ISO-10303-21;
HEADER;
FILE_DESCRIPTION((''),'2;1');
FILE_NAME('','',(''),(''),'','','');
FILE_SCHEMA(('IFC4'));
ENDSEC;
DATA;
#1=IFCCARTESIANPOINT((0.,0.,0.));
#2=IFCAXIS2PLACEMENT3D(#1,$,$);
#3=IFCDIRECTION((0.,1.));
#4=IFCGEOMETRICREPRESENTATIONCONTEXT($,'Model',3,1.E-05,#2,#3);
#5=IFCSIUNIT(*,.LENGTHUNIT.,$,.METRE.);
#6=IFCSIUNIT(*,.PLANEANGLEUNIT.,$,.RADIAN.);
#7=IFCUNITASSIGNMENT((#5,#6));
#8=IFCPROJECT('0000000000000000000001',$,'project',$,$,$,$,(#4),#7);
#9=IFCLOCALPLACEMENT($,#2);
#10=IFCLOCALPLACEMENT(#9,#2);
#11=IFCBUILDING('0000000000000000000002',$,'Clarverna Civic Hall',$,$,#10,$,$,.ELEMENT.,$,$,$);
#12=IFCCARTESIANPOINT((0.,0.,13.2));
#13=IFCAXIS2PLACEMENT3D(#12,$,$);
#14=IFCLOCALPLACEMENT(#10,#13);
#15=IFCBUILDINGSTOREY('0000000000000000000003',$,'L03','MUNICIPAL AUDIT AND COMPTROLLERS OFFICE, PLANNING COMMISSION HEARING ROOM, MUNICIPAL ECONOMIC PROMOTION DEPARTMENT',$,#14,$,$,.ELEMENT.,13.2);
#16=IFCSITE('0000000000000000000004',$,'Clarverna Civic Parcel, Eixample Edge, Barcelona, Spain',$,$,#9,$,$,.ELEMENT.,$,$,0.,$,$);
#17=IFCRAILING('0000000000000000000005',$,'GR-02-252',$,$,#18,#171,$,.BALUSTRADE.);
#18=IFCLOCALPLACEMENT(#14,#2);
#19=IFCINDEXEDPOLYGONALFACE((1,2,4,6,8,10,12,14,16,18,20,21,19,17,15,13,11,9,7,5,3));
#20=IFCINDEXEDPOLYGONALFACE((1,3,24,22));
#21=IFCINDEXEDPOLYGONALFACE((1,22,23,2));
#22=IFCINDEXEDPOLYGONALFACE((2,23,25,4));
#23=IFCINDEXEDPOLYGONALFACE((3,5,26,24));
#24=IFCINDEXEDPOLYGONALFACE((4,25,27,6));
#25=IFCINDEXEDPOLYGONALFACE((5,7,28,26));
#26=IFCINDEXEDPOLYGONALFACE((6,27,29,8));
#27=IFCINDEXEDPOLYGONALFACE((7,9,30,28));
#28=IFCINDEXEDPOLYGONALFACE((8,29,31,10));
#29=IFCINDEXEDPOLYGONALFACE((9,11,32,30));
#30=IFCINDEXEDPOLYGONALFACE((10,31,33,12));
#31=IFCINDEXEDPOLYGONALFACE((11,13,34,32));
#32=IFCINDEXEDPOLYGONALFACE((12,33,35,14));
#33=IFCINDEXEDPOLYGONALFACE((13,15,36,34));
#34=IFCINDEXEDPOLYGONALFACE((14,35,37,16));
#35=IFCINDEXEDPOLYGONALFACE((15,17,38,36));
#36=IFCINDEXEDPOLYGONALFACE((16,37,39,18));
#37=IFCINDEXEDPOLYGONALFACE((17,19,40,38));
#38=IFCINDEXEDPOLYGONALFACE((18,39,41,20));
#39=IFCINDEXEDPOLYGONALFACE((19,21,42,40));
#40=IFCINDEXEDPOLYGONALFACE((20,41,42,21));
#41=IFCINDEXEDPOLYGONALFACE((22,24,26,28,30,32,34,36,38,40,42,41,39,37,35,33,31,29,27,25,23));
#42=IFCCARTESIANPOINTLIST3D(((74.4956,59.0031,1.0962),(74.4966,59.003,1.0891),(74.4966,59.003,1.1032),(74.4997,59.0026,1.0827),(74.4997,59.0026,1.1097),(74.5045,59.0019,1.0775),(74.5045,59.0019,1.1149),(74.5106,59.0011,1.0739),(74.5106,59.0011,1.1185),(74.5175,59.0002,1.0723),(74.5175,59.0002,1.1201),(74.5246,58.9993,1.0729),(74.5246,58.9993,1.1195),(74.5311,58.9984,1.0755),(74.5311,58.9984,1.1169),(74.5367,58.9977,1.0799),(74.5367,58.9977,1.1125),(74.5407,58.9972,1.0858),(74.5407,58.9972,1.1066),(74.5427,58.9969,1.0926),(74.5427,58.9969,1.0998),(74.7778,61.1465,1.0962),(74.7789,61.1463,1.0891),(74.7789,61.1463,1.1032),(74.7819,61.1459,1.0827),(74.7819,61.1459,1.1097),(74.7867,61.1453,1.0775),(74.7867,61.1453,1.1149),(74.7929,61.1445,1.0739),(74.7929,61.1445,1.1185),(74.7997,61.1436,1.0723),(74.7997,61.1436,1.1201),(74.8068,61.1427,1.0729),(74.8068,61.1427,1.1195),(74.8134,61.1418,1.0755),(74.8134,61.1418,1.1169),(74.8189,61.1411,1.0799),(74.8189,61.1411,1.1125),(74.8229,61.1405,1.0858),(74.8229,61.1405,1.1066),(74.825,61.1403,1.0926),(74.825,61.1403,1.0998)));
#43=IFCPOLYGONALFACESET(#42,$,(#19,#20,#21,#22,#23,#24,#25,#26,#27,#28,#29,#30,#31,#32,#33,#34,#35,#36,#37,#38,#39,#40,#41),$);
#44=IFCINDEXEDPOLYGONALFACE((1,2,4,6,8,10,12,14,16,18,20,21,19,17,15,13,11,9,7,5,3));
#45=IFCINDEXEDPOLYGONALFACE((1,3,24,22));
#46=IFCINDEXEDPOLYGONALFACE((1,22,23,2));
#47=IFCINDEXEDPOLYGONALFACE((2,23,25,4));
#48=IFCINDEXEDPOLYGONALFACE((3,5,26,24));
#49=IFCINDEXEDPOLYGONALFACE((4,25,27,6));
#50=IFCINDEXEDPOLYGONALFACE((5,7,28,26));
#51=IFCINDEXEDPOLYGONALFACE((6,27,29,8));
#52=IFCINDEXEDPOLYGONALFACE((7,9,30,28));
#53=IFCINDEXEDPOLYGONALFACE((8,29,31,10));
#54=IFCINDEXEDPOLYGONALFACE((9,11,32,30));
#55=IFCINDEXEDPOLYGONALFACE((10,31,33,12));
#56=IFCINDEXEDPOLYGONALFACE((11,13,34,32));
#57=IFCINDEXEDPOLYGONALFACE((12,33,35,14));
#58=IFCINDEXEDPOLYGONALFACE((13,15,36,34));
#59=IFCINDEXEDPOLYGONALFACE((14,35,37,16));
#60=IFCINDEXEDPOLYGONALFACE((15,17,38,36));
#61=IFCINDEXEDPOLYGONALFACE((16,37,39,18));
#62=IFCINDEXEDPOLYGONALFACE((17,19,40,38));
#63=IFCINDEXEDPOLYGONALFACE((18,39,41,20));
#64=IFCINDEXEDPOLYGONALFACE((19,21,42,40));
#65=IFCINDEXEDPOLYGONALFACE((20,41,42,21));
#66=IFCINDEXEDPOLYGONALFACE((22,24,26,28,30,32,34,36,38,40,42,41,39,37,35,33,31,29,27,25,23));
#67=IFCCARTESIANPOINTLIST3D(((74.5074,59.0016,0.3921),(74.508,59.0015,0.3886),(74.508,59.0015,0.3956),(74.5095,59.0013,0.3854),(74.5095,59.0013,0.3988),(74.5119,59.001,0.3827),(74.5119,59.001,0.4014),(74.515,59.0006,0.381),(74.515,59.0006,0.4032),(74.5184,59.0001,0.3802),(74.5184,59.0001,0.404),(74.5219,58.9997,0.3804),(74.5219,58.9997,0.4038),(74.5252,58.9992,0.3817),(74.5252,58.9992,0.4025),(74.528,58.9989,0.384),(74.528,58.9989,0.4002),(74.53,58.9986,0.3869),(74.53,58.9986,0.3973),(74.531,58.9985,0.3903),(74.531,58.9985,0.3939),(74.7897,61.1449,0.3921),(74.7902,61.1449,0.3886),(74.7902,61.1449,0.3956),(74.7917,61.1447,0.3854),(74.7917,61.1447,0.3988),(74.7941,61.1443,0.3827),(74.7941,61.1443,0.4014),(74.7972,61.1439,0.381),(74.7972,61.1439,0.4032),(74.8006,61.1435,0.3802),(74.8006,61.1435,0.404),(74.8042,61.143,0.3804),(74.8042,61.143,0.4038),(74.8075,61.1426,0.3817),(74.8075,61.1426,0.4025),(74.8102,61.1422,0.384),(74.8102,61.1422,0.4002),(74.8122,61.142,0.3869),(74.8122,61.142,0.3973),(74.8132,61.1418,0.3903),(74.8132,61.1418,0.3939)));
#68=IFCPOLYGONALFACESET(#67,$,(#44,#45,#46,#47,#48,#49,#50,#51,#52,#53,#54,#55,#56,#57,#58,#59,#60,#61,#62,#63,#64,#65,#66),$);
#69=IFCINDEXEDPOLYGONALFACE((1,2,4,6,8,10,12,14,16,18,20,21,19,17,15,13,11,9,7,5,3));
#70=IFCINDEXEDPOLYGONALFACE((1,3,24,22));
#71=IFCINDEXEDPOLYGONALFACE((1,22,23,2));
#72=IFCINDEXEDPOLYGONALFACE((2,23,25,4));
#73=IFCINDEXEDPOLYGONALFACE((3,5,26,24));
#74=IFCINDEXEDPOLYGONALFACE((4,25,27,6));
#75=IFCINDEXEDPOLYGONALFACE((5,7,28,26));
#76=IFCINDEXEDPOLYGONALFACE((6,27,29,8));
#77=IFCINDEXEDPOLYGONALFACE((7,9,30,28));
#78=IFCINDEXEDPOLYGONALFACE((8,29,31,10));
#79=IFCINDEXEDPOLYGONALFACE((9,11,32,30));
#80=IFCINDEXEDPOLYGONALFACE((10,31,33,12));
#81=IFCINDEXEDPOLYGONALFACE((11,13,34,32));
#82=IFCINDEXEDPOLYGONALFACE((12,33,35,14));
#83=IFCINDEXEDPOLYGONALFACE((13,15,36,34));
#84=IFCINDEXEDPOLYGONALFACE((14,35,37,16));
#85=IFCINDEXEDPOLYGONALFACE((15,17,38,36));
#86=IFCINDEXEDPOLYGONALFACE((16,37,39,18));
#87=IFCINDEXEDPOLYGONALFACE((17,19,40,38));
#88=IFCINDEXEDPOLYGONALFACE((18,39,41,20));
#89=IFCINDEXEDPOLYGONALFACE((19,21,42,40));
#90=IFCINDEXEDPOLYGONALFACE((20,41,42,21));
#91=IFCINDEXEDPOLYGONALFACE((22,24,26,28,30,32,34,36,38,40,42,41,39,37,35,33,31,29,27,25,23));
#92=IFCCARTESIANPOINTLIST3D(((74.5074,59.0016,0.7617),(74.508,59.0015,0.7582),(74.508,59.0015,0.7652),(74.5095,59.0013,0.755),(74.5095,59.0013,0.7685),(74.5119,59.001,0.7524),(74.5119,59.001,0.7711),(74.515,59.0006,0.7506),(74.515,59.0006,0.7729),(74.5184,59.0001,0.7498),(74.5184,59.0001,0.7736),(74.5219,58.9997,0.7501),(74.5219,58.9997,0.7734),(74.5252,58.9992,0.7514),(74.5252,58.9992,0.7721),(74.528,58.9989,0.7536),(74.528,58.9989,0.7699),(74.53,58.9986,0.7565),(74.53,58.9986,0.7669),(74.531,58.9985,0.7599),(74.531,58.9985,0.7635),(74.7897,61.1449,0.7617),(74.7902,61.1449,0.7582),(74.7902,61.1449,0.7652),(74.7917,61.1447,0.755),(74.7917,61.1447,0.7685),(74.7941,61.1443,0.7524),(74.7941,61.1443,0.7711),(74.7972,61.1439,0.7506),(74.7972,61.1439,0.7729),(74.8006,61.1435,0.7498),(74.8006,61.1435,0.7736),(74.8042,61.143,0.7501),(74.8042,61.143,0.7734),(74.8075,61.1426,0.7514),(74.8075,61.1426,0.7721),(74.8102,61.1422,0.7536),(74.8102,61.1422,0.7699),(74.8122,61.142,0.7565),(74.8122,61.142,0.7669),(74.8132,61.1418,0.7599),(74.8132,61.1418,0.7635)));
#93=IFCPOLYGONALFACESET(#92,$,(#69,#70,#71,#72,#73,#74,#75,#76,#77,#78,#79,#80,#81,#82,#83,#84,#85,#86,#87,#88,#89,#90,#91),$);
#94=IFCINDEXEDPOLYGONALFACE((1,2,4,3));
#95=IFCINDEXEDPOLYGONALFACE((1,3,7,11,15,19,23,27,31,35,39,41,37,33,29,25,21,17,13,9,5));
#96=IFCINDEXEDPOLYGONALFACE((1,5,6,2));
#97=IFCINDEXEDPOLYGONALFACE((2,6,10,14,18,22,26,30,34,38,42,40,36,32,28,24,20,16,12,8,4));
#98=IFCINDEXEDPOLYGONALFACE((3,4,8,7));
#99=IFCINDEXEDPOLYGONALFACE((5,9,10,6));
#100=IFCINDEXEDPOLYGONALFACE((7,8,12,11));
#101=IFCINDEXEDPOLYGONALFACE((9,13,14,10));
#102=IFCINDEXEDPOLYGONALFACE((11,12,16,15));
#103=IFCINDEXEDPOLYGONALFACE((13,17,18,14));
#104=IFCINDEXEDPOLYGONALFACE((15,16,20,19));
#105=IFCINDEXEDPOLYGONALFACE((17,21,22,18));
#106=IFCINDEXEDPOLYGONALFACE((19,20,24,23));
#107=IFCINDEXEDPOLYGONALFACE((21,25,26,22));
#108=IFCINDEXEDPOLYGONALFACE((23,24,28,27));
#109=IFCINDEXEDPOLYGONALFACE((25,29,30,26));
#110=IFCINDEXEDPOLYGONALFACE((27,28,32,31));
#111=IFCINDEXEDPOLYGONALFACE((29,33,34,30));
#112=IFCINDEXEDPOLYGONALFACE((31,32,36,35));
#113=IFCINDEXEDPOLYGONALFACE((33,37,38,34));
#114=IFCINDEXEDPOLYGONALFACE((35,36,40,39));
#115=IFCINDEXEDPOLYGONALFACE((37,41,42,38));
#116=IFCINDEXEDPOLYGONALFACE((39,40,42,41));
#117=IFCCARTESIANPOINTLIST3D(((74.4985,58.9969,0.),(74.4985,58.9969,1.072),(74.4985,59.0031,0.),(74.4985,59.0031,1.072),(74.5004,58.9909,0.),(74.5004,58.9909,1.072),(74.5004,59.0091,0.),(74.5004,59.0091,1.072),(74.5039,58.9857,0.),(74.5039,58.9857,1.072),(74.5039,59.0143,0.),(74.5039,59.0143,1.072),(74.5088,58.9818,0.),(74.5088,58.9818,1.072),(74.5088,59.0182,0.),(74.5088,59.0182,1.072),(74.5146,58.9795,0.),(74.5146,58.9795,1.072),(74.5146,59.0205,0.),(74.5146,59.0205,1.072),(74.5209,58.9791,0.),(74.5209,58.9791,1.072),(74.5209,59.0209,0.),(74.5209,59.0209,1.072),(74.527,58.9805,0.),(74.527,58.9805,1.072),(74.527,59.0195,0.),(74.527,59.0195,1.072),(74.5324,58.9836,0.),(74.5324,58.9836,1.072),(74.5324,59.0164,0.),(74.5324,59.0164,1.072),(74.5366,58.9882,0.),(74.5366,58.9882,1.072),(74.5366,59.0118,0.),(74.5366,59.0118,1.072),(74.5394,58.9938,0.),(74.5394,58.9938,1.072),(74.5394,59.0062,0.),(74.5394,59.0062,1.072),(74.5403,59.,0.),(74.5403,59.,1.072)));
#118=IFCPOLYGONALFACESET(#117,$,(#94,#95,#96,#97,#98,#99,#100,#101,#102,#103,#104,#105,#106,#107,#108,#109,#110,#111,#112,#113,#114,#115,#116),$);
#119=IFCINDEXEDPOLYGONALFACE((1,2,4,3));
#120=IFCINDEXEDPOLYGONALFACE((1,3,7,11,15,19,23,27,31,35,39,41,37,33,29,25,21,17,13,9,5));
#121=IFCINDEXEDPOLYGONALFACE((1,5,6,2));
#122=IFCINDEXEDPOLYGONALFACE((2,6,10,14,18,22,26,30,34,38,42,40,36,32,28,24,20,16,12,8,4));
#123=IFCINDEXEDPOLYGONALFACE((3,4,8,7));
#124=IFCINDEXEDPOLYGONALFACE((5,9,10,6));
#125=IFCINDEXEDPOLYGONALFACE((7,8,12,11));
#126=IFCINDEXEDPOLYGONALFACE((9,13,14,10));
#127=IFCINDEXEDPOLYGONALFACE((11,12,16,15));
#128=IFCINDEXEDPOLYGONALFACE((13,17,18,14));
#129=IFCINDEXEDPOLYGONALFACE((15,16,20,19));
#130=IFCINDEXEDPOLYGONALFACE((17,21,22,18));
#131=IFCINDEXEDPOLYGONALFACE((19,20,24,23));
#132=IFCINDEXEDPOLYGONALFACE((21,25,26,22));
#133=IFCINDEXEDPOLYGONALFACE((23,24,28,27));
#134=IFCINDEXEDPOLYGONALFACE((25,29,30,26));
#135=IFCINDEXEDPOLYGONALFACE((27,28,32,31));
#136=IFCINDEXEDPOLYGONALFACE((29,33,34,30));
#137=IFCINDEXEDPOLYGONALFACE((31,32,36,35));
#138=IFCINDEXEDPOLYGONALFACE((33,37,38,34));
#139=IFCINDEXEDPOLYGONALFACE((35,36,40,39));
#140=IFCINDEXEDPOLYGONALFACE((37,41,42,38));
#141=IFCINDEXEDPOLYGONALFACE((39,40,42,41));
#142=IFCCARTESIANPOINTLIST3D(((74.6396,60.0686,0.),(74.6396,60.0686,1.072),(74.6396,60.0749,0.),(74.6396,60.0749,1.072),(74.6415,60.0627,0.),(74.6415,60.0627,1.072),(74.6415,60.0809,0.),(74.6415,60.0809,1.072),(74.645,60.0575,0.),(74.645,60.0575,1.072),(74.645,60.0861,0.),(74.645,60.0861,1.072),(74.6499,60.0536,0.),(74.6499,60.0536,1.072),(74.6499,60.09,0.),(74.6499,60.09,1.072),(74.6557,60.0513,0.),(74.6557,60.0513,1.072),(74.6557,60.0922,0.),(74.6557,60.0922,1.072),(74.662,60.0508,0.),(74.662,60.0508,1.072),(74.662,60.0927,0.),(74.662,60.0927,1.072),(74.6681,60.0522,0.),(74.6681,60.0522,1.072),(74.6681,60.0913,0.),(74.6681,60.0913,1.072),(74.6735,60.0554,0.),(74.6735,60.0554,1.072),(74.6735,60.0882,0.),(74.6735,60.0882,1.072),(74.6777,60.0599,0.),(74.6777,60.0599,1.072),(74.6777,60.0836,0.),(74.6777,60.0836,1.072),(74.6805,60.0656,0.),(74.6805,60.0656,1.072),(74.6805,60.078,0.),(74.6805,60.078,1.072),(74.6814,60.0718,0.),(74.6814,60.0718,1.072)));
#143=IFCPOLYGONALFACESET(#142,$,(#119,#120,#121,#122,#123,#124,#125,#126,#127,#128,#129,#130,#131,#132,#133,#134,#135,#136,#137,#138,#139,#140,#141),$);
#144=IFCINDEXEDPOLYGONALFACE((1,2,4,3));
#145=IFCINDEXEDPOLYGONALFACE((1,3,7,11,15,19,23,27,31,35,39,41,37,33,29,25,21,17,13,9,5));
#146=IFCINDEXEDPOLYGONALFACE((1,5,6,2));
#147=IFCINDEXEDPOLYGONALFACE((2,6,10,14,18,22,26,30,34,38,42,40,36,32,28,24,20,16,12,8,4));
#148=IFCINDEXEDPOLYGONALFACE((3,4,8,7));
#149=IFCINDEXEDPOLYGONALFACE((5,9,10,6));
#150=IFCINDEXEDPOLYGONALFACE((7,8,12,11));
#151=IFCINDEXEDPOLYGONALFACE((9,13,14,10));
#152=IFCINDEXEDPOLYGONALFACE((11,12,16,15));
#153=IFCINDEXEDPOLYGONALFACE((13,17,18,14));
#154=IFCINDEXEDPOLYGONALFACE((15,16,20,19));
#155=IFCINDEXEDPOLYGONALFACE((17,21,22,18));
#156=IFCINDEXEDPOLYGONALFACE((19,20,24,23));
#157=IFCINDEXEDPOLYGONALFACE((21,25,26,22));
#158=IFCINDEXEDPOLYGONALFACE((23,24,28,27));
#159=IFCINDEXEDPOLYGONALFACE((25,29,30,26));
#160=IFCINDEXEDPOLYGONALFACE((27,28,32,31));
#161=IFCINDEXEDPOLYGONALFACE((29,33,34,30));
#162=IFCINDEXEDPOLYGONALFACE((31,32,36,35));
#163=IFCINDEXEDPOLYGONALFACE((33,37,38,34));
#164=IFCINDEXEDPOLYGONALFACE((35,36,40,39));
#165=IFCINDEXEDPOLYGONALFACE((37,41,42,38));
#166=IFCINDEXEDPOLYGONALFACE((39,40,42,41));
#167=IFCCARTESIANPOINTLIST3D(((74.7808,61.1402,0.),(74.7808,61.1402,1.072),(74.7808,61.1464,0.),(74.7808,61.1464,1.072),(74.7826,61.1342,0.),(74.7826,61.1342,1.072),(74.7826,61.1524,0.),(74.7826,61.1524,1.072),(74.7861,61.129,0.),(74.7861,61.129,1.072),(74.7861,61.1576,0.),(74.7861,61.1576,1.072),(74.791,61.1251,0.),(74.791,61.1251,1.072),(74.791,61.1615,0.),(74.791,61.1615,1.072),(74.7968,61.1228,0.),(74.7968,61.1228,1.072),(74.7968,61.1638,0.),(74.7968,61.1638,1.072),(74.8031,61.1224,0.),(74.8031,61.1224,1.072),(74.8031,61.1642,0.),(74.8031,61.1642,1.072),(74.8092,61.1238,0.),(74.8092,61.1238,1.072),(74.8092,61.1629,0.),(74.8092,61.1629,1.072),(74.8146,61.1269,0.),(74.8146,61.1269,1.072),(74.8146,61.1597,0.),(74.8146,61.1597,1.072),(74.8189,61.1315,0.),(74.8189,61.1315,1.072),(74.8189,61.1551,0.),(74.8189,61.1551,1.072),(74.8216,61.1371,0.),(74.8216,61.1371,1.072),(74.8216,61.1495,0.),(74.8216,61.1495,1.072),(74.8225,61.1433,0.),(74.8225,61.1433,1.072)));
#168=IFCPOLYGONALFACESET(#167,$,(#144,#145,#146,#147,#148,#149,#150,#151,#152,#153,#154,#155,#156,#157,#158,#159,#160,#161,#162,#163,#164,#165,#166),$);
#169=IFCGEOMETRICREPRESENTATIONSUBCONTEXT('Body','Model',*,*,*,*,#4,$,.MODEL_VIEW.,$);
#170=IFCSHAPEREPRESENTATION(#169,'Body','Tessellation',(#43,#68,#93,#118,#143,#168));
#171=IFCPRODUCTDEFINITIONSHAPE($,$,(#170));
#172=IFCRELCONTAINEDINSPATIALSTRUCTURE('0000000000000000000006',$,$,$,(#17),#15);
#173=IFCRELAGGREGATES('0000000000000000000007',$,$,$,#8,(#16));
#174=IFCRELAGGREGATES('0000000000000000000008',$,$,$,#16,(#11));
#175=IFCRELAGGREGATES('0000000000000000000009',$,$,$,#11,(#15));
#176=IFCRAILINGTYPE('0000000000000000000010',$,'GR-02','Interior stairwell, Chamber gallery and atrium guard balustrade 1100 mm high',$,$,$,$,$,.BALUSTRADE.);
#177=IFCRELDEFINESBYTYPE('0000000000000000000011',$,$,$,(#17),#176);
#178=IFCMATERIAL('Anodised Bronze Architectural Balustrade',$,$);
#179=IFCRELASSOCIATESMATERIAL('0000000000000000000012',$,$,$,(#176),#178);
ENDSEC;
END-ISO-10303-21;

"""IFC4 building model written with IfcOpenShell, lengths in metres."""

from ifc_helpers import new_model, si_unit, direction, frame, origin, origin_2d, place, context, subcontext, project, spatial, circle, extrude, material, type_object, element, save


model = new_model("IFC4")

# Units and contexts
model_context = context("Model", 3, precision=1e-05, world=origin(), true_north=direction((0.0, 1.0)))
body_context = subcontext(model_context, "Body", "Model", "MODEL_VIEW")
ifc_project = project(units=[si_unit("LENGTHUNIT", "METRE"), si_unit("PLANEANGLEUNIT", "RADIAN")], contexts=[model_context])

# Site, building, storey
site_placement = place(None, origin())
site = spatial("IfcSite", under=ifc_project, at=site_placement, Name="Clarverna Civic Parcel, Eixample Edge, Barcelona, Spain", CompositionType="ELEMENT", RefElevation=0.0)
building_placement = place(site_placement, origin())
building = spatial("IfcBuilding", under=site, at=building_placement, Name="Clarverna Civic Hall", CompositionType="ELEMENT")
storey_placement = place(building_placement, frame((0.0, 0.0, 13.2)))
storey = spatial("IfcBuildingStorey", under=building, at=storey_placement, Name="L03", Description="MUNICIPAL AUDIT AND COMPTROLLERS OFFICE, PLANNING COMMISSION HEARING ROOM, MUNICIPAL ECONOMIC PROMOTION DEPARTMENT", CompositionType="ELEMENT", Elevation=13.2)

# Railing
ifc_material_1 = material(Name="Anodised Bronze Architectural Balustrade")
railing_type_1 = type_object("IfcRailingType", Name="GR-02", Description="Interior stairwell, Chamber gallery and atrium guard balustrade 1100 mm high", PredefinedType="BALUSTRADE", material=ifc_material_1)
railing_1_placement = place(storey_placement, frame((74.5193, 59.0, 0.0)))
element("IfcRailing", 1, at=railing_1_placement, inside=storey, type_object=railing_type_1, Name="GR-02-252", PredefinedType="BALUSTRADE", context=body_context, shape_type="SweptSolid", body=[
    extrude(circle(Radius=0.0239, at=origin_2d()), frame((0.0, 0.0, 1.0962), z_axis=(0.130551, 0.991442, 0.0), x_axis=(-0.991442, 0.130551, 0.0)), (0.0, 0.0, 1.0), 2.1619),
    extrude(circle(Radius=0.012, at=origin_2d()), frame((0.0, 0.0, 0.3921), z_axis=(0.130551, 0.991442, 0.0), x_axis=(-0.991442, 0.130551, 0.0)), (0.0, 0.0, 1.0), 2.1619),
    extrude(circle(Radius=0.012, at=origin_2d()), frame((0.0, 0.0, 0.7617), z_axis=(0.130551, 0.991442, 0.0), x_axis=(-0.991442, 0.130551, 0.0)), (0.0, 0.0, 1.0), 2.1619),
    extrude(circle(Radius=0.021, at=origin_2d()), origin(), (0.0, 0.0, 1.0), 1.072),
    extrude(circle(Radius=0.021, at=origin_2d()), frame((0.1411, 1.0718, 0.0)), (0.0, 0.0, 1.0), 1.072),
    extrude(circle(Radius=0.021, at=origin_2d()), frame((0.2822, 2.1433, 0.0)), (0.0, 0.0, 1.0), 1.072),
])

save(model, "model.ifc")
